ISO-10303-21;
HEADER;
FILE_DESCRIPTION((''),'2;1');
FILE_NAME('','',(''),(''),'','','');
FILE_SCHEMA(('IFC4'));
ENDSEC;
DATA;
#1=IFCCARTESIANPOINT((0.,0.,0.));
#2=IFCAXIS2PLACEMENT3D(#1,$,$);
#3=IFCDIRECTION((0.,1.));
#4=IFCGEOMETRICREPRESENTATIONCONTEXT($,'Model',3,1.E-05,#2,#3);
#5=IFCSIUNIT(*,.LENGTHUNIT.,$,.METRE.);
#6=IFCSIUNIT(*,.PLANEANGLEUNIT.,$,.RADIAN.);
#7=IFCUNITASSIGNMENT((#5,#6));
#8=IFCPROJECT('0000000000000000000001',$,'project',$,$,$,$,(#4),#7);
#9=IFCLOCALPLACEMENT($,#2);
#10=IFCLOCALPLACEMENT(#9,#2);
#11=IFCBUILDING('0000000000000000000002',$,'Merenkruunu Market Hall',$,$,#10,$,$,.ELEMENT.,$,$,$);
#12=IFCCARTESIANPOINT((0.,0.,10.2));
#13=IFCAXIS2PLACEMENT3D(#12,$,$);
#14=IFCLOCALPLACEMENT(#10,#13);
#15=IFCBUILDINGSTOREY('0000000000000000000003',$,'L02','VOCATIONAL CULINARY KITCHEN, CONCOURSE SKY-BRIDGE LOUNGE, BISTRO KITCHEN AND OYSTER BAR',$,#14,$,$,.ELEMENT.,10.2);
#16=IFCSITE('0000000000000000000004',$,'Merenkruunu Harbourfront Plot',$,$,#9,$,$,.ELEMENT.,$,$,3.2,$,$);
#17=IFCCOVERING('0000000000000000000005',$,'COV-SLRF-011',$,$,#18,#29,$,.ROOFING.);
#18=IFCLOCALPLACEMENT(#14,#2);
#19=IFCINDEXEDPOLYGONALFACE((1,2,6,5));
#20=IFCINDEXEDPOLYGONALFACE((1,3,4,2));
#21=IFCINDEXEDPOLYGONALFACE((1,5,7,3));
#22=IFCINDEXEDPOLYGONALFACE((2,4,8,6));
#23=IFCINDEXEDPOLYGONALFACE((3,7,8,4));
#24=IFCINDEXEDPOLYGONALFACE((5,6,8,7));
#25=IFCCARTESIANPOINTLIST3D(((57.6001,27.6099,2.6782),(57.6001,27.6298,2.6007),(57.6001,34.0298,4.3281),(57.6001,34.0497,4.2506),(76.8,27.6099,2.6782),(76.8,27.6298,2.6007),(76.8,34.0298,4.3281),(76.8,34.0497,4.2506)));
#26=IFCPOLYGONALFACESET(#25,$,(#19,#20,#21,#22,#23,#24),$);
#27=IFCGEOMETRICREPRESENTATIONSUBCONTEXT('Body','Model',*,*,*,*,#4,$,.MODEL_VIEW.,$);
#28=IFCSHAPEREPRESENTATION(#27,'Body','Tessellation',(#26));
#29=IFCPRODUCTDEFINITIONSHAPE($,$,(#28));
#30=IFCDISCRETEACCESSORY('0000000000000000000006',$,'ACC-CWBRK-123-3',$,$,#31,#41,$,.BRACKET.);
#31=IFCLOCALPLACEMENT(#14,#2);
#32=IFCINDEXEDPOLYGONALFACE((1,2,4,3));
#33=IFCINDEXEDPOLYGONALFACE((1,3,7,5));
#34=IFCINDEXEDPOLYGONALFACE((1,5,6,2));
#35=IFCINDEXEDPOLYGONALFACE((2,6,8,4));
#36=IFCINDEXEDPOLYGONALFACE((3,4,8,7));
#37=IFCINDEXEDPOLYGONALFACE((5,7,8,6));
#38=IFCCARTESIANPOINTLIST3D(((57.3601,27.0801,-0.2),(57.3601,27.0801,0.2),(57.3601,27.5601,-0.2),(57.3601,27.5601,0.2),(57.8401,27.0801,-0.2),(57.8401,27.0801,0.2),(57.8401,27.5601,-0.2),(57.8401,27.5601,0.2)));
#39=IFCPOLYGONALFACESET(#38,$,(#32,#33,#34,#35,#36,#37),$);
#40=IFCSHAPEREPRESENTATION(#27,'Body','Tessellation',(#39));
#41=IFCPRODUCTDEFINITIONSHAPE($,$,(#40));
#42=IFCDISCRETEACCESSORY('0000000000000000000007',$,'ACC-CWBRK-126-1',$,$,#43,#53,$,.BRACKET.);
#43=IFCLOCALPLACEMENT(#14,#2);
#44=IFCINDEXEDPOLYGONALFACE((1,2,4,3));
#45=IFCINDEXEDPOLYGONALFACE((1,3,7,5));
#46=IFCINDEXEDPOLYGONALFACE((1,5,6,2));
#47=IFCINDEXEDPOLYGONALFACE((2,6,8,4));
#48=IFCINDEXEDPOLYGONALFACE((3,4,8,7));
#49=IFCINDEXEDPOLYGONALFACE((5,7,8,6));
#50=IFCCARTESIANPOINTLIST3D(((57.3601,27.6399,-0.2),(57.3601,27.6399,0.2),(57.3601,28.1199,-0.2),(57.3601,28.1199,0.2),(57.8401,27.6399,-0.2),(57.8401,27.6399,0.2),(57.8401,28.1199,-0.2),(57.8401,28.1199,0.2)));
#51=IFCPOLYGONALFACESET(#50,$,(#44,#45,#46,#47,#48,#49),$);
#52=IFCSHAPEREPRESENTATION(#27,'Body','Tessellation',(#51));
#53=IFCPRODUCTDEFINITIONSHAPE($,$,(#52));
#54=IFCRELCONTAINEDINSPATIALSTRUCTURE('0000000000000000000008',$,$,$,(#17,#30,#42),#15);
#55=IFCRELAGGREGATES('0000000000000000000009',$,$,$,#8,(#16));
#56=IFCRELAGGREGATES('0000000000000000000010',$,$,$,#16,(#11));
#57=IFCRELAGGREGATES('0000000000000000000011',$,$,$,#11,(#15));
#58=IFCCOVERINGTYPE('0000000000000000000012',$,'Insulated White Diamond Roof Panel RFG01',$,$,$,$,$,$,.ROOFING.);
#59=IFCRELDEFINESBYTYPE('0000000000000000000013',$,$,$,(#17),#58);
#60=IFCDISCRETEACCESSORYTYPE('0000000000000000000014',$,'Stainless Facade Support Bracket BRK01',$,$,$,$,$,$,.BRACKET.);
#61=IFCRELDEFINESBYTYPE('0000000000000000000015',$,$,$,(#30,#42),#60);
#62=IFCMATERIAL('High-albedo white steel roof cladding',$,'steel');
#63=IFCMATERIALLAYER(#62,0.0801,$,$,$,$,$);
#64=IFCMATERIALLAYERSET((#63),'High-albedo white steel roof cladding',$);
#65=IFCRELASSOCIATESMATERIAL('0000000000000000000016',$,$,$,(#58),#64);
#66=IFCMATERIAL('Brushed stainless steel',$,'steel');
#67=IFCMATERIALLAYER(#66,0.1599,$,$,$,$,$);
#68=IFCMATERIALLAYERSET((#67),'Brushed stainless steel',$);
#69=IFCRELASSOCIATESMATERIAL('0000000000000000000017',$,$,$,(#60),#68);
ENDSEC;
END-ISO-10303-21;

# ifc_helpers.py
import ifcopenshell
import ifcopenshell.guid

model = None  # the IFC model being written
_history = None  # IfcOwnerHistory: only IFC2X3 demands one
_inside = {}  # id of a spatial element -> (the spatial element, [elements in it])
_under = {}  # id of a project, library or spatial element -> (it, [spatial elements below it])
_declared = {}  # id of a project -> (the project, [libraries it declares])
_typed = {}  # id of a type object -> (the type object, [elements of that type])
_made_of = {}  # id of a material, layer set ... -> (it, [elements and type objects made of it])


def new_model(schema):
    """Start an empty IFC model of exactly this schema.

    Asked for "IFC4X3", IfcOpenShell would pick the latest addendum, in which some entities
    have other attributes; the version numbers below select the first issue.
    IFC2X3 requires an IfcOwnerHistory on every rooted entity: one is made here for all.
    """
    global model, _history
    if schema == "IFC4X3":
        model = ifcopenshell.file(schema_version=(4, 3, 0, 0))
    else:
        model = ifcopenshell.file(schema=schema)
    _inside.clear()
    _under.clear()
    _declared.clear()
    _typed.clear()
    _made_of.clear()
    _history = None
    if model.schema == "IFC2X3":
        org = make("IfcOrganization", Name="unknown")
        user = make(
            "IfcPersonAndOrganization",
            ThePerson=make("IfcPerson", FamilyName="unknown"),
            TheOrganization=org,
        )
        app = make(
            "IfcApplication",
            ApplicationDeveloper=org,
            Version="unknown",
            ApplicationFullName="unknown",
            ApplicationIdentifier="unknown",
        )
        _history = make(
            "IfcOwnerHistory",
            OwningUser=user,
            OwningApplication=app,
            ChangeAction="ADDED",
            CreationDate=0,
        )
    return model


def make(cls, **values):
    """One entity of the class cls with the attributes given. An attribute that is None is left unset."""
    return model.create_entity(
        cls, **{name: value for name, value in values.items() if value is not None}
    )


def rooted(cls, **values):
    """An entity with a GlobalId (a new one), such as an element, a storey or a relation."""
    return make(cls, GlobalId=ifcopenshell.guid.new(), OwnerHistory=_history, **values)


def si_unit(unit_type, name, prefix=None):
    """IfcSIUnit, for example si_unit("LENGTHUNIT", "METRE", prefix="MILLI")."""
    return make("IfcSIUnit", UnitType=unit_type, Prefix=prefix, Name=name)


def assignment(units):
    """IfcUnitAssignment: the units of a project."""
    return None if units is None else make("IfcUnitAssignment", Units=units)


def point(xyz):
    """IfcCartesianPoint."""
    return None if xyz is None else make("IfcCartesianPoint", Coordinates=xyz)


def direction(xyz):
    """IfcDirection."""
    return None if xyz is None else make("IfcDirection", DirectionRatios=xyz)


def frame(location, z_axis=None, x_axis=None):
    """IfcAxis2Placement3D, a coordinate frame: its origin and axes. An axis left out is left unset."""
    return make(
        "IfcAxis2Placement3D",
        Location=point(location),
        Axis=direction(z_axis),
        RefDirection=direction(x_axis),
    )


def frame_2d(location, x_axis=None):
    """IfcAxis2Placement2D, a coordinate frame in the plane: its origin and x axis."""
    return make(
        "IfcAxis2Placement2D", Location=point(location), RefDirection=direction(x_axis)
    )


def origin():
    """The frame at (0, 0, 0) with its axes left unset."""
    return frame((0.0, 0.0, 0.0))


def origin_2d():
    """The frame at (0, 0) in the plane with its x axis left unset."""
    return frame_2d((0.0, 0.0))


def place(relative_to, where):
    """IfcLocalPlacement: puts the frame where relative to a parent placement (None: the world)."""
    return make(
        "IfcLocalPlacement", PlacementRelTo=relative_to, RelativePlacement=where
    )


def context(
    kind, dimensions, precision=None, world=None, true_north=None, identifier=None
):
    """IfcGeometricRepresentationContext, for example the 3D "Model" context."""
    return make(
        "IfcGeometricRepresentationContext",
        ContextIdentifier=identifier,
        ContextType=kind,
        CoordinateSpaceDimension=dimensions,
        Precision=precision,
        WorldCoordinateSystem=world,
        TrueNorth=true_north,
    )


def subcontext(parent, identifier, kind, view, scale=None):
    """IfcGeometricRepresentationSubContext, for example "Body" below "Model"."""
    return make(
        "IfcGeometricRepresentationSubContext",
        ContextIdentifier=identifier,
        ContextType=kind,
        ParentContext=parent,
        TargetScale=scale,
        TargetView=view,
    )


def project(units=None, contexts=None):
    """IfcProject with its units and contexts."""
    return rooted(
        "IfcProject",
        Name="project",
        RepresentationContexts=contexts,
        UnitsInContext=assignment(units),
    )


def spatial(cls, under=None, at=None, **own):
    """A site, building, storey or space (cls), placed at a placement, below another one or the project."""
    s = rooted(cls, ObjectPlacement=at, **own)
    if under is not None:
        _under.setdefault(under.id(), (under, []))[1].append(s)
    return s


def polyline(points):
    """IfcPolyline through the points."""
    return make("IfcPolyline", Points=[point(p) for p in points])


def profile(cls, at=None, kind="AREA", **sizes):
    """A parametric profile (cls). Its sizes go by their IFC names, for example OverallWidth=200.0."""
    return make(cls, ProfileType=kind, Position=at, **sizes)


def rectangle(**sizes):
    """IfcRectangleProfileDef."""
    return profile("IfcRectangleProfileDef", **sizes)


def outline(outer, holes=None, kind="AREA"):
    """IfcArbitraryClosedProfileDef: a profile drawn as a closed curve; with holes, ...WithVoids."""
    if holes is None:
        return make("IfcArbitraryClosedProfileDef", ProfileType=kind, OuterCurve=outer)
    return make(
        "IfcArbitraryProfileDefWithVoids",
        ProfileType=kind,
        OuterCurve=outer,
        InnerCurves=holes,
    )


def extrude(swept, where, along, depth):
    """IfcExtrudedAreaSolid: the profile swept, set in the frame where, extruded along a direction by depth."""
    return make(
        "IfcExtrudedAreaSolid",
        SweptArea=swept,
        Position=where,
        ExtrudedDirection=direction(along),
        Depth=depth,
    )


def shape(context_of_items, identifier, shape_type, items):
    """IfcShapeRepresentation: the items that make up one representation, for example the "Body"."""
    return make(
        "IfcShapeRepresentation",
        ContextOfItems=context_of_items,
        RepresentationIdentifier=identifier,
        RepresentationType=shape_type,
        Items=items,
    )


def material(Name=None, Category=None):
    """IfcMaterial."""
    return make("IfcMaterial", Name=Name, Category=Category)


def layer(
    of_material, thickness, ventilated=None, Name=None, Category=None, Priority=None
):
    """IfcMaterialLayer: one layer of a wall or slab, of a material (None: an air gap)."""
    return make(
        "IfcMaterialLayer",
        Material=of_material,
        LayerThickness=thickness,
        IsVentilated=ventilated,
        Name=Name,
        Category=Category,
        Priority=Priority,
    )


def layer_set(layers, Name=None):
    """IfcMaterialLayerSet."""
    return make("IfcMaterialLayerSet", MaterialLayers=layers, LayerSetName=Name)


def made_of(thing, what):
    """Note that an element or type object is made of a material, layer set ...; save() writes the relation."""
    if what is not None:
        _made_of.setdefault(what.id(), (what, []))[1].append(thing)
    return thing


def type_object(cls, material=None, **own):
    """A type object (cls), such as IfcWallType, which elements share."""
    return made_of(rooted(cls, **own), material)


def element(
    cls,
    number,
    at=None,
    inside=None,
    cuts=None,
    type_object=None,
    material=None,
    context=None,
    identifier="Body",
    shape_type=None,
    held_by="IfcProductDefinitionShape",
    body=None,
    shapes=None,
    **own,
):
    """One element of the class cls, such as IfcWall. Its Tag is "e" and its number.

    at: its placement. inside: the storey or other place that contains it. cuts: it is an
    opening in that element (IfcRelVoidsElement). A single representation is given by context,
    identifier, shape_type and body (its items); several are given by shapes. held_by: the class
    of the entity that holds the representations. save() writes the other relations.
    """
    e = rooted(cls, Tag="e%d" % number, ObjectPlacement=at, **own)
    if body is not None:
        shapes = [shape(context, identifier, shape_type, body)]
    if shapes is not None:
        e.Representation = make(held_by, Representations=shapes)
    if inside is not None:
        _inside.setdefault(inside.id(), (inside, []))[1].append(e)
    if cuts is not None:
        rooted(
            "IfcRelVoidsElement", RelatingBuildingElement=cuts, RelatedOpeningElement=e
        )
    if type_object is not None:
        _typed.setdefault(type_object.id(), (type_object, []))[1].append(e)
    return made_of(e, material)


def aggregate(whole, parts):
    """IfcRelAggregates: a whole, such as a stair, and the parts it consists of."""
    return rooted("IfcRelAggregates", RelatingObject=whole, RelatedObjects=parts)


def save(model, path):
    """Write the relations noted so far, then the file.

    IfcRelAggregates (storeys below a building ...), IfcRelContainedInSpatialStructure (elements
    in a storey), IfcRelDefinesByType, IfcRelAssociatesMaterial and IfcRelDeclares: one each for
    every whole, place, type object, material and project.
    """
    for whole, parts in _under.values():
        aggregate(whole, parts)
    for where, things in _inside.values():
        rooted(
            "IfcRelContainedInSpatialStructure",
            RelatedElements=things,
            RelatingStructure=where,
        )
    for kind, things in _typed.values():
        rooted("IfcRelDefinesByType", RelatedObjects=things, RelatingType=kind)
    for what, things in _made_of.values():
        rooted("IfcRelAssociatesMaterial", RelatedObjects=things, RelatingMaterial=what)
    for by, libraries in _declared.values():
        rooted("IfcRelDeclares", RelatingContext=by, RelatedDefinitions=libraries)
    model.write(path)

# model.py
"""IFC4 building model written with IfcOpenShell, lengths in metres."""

from ifc_helpers import new_model, si_unit, direction, frame, origin, origin_2d, place, context, subcontext, project, spatial, polyline, rectangle, outline, extrude, material, layer, layer_set, type_object, element, save


model = new_model("IFC4")

# Units and contexts
model_context = context("Model", 3, precision=1e-05, world=origin(), true_north=direction((0.0, 1.0)))
body_context = subcontext(model_context, "Body", "Model", "MODEL_VIEW")
ifc_project = project(units=[si_unit("LENGTHUNIT", "METRE"), si_unit("PLANEANGLEUNIT", "RADIAN")], contexts=[model_context])

# Site, building, storey
site_placement = place(None, origin())
site = spatial("IfcSite", under=ifc_project, at=site_placement, Name="Merenkruunu Harbourfront Plot", CompositionType="ELEMENT", RefElevation=3.2)
building_placement = place(site_placement, origin())
building = spatial("IfcBuilding", under=site, at=building_placement, Name="Merenkruunu Market Hall", CompositionType="ELEMENT")
storey_placement = place(building_placement, frame((0.0, 0.0, 10.2)))
storey = spatial("IfcBuildingStorey", under=building, at=storey_placement, Name="L02", Description="VOCATIONAL CULINARY KITCHEN, CONCOURSE SKY-BRIDGE LOUNGE, BISTRO KITCHEN AND OYSTER BAR", CompositionType="ELEMENT", Elevation=10.2)

# Covering
ifc_material_1 = material(Name="High-albedo white steel roof cladding", Category="steel")
ifc_layer_1 = layer(ifc_material_1, 0.0801)
ifc_layer_set_1 = layer_set([ifc_layer_1], Name="High-albedo white steel roof cladding")
covering_type = type_object("IfcCoveringType", Name="Insulated White Diamond Roof Panel RFG01", PredefinedType="ROOFING", material=ifc_layer_set_1)
covering_placement = place(storey_placement, frame((57.6001, 27.6099, 2.6782), z_axis=(0.0, -0.248909, 0.968527), x_axis=(1.0, 0.0, 0.0)))
element("IfcCovering", 1, at=covering_placement, inside=storey, type_object=covering_type, Name="COV-SLRF-011", PredefinedType="ROOFING", context=body_context, shape_type="SweptSolid", body=[
    extrude(outline(polyline([(0.0, 0.0), (19.2, 0.0), (19.2, 6.6285), (0.0, 6.6285), (0.0, 0.0)])), origin(), (0.0, 0.0, -1.0), 0.0801),
])

# Discrete accessories
ifc_material_2 = material(Name="Brushed stainless steel", Category="steel")
ifc_layer_2 = layer(ifc_material_2, 0.1599)
ifc_layer_set_2 = layer_set([ifc_layer_2], Name="Brushed stainless steel")
discrete_accessory_type = type_object("IfcDiscreteAccessoryType", Name="Stainless Facade Support Bracket BRK01", PredefinedType="BRACKET", material=ifc_layer_set_2)
for number, where, z_axis, x_axis, name in (
    (2, (57.6001, 27.3201, -0.2), (0.0, 0.0, 1.0), (1.0, 0.0, 0.0), "ACC-CWBRK-123-3"),
    (3, (57.6001, 27.8799, -0.2), (0.0, 0.0, 1.0), (1.0, 0.0, 0.0), "ACC-CWBRK-126-1"),
):
    element("IfcDiscreteAccessory", number, at=place(storey_placement, frame(where, z_axis=z_axis, x_axis=x_axis)), inside=storey, type_object=discrete_accessory_type, Name=name, PredefinedType="BRACKET", context=body_context, shape_type="SweptSolid", body=[
        extrude(rectangle(XDim=0.48, YDim=0.48, at=origin_2d()), origin(), (0.0, 0.0, 1.0), 0.3999),
    ])

save(model, "model.ifc")
